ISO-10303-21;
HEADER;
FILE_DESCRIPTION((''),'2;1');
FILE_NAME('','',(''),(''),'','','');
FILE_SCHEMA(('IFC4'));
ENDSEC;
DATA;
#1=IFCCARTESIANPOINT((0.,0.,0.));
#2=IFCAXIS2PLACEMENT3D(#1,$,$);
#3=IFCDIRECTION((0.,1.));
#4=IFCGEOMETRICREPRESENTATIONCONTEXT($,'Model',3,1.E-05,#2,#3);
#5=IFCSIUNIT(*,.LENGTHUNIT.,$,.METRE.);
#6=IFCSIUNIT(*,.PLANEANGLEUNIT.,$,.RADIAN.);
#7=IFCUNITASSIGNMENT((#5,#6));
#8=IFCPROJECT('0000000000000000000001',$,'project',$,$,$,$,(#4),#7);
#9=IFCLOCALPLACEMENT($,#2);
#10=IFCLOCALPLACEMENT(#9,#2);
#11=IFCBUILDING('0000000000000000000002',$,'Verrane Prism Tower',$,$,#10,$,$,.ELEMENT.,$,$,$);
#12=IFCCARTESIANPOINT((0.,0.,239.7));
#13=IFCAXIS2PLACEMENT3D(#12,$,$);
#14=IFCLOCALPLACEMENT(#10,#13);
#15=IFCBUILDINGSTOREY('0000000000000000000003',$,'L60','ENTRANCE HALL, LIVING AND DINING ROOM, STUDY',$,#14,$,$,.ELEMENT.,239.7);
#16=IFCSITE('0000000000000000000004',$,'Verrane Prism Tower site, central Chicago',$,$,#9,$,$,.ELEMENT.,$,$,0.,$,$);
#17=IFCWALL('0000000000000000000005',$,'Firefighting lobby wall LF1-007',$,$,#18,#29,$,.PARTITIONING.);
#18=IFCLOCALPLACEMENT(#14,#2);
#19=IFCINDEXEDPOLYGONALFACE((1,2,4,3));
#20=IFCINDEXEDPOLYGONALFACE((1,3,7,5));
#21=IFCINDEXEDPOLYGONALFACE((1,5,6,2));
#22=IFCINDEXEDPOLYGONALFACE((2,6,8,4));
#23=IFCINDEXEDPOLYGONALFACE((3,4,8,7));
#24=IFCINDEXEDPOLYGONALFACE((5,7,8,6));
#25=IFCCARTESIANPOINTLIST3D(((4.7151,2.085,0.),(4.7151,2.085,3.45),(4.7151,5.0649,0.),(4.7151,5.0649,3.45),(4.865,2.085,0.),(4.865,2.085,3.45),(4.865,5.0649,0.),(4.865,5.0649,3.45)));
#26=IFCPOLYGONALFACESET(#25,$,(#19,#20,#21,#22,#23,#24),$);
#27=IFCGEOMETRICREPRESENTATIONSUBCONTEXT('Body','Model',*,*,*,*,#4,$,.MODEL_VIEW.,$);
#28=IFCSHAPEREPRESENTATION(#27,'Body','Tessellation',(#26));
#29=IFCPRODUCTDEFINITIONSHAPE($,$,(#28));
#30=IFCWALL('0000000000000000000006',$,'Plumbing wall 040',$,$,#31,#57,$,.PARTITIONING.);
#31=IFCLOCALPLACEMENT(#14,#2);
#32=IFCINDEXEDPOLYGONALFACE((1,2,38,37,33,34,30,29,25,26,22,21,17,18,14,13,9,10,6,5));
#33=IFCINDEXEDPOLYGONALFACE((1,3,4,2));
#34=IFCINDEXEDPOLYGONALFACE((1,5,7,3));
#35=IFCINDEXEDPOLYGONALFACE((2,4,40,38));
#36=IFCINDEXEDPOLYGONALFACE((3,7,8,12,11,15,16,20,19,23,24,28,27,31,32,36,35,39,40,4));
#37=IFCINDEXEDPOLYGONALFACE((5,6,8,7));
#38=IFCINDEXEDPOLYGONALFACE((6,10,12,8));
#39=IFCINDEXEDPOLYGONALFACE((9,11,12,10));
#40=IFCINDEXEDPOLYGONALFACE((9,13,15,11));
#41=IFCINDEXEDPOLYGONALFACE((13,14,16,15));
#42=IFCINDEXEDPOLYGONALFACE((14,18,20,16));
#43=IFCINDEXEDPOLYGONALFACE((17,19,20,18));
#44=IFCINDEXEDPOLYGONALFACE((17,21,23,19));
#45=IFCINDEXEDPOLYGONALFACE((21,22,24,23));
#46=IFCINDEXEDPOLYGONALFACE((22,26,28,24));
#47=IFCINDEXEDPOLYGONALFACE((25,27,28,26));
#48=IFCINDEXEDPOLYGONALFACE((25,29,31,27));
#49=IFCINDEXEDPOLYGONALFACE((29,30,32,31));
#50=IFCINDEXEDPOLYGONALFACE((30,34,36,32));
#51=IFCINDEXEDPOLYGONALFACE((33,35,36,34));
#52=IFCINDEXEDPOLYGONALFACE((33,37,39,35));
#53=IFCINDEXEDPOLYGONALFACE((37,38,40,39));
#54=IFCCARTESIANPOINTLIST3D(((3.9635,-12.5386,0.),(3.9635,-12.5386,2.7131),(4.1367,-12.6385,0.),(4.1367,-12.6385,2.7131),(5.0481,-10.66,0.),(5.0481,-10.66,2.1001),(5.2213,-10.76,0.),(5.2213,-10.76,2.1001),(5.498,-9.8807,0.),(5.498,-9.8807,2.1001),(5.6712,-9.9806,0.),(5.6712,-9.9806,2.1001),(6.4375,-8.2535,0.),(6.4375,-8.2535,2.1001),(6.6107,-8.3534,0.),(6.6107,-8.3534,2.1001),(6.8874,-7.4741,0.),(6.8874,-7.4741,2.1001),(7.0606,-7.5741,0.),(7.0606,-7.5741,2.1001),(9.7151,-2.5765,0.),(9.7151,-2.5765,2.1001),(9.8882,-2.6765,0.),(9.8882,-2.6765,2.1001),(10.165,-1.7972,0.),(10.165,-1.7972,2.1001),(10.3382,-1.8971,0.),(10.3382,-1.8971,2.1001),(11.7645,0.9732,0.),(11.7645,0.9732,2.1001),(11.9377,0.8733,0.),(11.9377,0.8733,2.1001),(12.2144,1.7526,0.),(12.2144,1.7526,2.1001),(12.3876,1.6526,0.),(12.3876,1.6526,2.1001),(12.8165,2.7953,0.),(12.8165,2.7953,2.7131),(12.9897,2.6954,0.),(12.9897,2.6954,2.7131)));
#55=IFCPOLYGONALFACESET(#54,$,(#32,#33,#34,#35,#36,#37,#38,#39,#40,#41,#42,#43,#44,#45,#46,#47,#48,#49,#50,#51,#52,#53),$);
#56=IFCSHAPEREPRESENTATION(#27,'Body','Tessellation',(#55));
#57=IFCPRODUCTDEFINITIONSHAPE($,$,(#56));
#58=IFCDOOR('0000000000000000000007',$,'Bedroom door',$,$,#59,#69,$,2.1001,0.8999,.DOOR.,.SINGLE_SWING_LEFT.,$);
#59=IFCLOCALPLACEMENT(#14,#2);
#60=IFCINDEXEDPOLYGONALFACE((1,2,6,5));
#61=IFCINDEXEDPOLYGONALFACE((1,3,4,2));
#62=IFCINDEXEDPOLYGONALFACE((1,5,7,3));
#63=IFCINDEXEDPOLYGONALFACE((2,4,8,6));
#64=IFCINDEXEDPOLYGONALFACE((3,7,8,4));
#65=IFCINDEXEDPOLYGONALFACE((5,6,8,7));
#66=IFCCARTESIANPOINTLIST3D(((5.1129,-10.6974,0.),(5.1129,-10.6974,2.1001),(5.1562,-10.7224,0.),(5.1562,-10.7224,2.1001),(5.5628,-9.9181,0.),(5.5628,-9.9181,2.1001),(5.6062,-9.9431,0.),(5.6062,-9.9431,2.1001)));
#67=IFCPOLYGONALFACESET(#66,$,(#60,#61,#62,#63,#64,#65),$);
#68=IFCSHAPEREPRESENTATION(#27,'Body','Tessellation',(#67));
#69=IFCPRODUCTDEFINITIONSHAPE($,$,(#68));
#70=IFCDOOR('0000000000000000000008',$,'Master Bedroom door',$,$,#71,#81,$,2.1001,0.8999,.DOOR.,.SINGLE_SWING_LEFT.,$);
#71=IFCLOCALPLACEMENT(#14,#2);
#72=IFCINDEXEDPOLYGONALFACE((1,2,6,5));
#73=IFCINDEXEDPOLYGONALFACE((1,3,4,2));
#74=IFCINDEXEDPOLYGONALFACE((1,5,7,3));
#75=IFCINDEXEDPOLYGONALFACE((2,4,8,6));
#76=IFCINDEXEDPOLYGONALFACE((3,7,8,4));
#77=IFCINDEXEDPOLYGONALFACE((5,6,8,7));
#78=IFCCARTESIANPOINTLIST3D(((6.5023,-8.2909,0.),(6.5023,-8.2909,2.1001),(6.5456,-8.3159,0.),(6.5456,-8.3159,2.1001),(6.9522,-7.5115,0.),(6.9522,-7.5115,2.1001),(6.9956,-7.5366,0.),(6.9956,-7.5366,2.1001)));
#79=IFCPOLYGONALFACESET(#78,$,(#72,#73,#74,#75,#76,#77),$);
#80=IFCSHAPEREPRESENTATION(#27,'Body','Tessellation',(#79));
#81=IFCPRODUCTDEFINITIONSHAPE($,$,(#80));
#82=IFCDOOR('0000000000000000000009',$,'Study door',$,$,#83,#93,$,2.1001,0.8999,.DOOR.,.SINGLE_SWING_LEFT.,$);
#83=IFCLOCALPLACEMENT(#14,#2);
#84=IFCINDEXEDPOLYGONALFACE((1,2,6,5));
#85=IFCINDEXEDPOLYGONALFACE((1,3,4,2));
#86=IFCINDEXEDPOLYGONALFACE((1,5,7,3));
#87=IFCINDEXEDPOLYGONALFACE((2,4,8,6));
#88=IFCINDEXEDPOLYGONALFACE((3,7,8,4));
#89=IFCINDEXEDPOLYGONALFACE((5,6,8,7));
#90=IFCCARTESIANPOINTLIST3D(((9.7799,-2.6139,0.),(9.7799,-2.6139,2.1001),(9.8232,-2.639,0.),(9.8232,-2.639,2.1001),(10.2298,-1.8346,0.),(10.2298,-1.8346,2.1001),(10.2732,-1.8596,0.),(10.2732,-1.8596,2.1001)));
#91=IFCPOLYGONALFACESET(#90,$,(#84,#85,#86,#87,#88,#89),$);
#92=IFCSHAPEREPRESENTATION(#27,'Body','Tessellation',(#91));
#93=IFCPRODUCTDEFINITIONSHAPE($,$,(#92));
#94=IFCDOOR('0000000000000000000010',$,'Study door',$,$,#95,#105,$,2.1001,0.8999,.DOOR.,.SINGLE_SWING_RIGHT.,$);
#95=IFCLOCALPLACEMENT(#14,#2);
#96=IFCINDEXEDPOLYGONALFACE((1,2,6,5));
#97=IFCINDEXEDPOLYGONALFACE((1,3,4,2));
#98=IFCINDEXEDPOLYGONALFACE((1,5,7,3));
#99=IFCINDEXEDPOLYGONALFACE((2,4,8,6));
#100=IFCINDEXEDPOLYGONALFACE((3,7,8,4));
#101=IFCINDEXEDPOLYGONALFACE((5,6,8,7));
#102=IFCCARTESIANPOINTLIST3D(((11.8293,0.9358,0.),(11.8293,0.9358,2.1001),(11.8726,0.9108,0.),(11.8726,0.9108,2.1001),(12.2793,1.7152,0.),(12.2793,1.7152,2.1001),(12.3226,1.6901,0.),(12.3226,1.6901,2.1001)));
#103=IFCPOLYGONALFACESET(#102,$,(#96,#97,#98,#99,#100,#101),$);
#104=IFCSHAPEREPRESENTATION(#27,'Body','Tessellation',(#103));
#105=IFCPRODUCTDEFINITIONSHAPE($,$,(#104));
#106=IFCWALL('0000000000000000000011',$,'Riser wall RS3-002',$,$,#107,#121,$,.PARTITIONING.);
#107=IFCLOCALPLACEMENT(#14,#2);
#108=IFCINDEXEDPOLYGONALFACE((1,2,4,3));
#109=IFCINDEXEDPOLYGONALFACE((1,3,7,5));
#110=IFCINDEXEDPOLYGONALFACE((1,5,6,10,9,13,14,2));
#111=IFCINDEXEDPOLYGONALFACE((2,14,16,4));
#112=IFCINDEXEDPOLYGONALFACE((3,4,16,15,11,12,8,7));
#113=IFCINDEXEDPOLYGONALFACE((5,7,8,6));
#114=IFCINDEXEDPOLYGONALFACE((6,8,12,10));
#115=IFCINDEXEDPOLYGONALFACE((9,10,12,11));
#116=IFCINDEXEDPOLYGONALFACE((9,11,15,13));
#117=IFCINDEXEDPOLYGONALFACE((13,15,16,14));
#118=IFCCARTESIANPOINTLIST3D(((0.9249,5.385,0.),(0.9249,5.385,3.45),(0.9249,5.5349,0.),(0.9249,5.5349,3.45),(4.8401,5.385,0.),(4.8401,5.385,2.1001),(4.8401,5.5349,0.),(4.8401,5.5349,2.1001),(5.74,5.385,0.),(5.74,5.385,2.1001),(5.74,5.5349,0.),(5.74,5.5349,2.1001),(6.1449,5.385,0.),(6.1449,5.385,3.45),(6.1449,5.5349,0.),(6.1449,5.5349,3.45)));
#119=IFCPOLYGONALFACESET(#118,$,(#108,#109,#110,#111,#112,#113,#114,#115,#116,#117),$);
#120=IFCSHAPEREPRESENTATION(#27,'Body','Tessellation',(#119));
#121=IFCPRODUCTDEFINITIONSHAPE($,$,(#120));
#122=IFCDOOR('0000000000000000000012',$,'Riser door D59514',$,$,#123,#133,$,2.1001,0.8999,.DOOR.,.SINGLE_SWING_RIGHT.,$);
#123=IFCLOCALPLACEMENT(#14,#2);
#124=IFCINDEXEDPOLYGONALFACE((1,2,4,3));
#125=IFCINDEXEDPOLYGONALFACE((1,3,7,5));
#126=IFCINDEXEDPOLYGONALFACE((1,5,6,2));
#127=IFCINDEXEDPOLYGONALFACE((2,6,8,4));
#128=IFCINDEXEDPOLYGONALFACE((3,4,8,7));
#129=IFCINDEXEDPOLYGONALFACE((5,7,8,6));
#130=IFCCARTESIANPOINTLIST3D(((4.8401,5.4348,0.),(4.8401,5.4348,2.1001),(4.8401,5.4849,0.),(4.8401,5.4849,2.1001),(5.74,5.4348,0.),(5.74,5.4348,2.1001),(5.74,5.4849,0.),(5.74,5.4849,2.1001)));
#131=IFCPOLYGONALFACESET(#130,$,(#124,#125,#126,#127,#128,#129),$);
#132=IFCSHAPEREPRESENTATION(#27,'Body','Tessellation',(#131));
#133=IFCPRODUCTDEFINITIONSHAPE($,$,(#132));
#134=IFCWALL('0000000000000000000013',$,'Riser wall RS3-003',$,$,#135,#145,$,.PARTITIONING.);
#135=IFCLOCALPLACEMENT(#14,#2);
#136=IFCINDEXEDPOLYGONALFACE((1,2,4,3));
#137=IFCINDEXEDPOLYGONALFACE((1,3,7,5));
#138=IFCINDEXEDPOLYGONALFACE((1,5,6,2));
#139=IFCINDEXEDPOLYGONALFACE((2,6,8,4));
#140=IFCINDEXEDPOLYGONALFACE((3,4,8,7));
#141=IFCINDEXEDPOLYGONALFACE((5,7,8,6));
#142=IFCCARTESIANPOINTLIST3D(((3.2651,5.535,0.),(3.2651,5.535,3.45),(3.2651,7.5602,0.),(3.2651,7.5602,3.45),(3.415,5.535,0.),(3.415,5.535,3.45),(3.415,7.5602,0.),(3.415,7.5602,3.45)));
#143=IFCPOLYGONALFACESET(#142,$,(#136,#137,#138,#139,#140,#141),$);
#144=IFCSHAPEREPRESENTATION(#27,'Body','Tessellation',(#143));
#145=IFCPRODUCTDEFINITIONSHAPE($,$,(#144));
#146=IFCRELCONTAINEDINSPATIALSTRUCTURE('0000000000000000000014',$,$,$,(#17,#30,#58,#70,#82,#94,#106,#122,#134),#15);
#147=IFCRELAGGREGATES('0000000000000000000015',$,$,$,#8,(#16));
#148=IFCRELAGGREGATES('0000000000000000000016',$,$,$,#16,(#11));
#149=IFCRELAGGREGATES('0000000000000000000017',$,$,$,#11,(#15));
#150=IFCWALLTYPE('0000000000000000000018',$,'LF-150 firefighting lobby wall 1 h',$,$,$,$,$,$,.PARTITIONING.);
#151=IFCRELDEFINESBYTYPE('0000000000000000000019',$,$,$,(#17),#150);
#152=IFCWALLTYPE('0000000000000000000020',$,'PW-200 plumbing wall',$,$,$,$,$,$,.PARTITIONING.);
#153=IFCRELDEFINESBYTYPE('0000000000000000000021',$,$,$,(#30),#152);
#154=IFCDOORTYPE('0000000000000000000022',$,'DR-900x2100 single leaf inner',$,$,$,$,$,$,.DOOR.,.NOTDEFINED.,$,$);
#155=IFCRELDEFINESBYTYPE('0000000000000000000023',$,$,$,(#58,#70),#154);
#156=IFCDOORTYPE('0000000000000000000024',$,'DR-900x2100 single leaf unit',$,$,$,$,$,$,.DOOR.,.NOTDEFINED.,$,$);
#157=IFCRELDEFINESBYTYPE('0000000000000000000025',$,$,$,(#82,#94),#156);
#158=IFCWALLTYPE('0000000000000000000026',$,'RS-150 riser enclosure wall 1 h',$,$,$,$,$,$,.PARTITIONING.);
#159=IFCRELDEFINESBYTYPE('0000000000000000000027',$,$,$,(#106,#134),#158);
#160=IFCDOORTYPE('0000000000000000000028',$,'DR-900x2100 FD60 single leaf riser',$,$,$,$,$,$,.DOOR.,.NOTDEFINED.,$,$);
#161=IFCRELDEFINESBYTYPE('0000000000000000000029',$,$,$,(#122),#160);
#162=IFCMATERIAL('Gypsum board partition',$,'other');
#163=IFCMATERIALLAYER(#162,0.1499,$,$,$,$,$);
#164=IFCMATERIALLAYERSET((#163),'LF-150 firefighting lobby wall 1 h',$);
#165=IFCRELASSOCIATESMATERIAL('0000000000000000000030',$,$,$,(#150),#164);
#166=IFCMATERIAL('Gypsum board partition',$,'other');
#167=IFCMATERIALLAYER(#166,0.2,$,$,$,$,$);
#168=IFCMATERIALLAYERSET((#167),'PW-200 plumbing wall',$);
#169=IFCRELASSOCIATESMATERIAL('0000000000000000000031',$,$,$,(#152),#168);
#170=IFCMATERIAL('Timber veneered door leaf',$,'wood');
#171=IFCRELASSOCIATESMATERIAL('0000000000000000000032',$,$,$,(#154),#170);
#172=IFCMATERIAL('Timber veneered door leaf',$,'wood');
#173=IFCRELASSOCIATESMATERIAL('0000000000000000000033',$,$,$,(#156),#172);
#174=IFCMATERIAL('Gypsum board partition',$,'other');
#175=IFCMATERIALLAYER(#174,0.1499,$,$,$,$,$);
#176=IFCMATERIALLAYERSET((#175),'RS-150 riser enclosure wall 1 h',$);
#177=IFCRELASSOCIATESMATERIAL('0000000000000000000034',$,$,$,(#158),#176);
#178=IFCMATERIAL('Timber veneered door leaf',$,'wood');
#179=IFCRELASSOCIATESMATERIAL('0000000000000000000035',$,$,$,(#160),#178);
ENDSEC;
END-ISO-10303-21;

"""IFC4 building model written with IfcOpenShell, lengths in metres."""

from ifc_helpers import new_model, si_unit, direction, frame, frame_2d, origin, place, context, subcontext, project, spatial, rectangle, extrude, material, layer, layer_set, type_object, element, fill, save


model = new_model("IFC4")

# Units and contexts
model_context = context("Model", 3, precision=1e-05, world=origin(), true_north=direction((0.0, 1.0)))
body_context = subcontext(model_context, "Body", "Model", "MODEL_VIEW")
ifc_project = project(units=[si_unit("LENGTHUNIT", "METRE"), si_unit("PLANEANGLEUNIT", "RADIAN")], contexts=[model_context])

# Site, building, storey
site_placement = place(None, origin())
site = spatial("IfcSite", under=ifc_project, at=site_placement, Name="Verrane Prism Tower site, central Chicago", CompositionType="ELEMENT", RefElevation=0.0)
building_placement = place(site_placement, origin())
building = spatial("IfcBuilding", under=site, at=building_placement, Name="Verrane Prism Tower", CompositionType="ELEMENT")
storey_placement = place(building_placement, frame((0.0, 0.0, 239.7)))
storey = spatial("IfcBuildingStorey", under=building, at=storey_placement, Name="L60", Description="ENTRANCE HALL, LIVING AND DINING ROOM, STUDY", CompositionType="ELEMENT", Elevation=239.7)

# Wall
ifc_material_1 = material(Name="Gypsum board partition", Category="other")
ifc_layer_1 = layer(ifc_material_1, 0.1499)
ifc_layer_set_1 = layer_set([ifc_layer_1], Name="LF-150 firefighting lobby wall 1 h")
wall_type_1 = type_object("IfcWallType", Name="LF-150 firefighting lobby wall 1 h", PredefinedType="PARTITIONING", material=ifc_layer_set_1)
wall_1_placement = place(storey_placement, frame((4.79, 2.085, 0.0), z_axis=(0.0, 0.0, 1.0), x_axis=(0.0, 1.0, 0.0)))
element("IfcWall", 1, at=wall_1_placement, inside=storey, type_object=wall_type_1, Name="Firefighting lobby wall LF1-007", PredefinedType="PARTITIONING", context=body_context, shape_type="SweptSolid", body=[
    extrude(rectangle(XDim=2.98, YDim=0.1499, at=frame_2d((1.49, 0.0))), origin(), (0.0, 0.0, 1.0), 3.45),
])

# Wall, openings, doors
ifc_material_2 = material(Name="Gypsum board partition", Category="other")
ifc_layer_2 = layer(ifc_material_2, 0.2)
ifc_layer_set_2 = layer_set([ifc_layer_2], Name="PW-200 plumbing wall")
wall_type_2 = type_object("IfcWallType", Name="PW-200 plumbing wall", PredefinedType="PARTITIONING", material=ifc_layer_set_2)
wall_2_placement = place(storey_placement, frame((12.9031, 2.7454, 0.0), z_axis=(0.0, 0.0, 1.0), x_axis=(-0.499998, -0.866027, 0.0)))
wall_2 = element("IfcWall", 2, at=wall_2_placement, inside=storey, type_object=wall_type_2, Name="Plumbing wall 040", PredefinedType="PARTITIONING", context=body_context, shape_type="SweptSolid", body=[
    extrude(rectangle(XDim=17.7061, YDim=0.2, at=frame_2d((8.853, 0.0))), origin(), (0.0, 0.0, 1.0), 2.7131),
])
opening_1_placement = place(wall_2_placement, frame((14.637, 0.0, 0.0)))
opening_1 = element("IfcOpeningElement", 3, at=opening_1_placement, cuts=wall_2, PredefinedType="OPENING", context=body_context, shape_type="SweptSolid", body=[
    extrude(rectangle(XDim=0.8999, YDim=2.1001, at=frame_2d((0.45, 1.05))), frame((0.0, 0.1099, 0.0), z_axis=(0.0, -1.0, 0.0), x_axis=(1.0, 0.0, 0.0)), (0.0, 0.0, 1.0), 0.22),
])
opening_2_placement = place(wall_2_placement, frame((11.8582, 0.0, 0.0)))
opening_2 = element("IfcOpeningElement", 4, at=opening_2_placement, cuts=wall_2, PredefinedType="OPENING", context=body_context, shape_type="SweptSolid", body=[
    extrude(rectangle(XDim=0.8999, YDim=2.1001, at=frame_2d((0.45, 1.05))), frame((0.0, 0.1099, 0.0), z_axis=(0.0, -1.0, 0.0), x_axis=(1.0, 0.0, 0.0)), (0.0, 0.0, 1.0), 0.22),
])
opening_3_placement = place(wall_2_placement, frame((5.303, 0.0, 0.0)))
opening_3 = element("IfcOpeningElement", 5, at=opening_3_placement, cuts=wall_2, PredefinedType="OPENING", context=body_context, shape_type="SweptSolid", body=[
    extrude(rectangle(XDim=0.8999, YDim=2.1001, at=frame_2d((0.45, 1.05))), frame((0.0, 0.1099, 0.0), z_axis=(0.0, -1.0, 0.0), x_axis=(1.0, 0.0, 0.0)), (0.0, 0.0, 1.0), 0.22),
])
opening_4_placement = place(wall_2_placement, frame((1.2041, 0.0, 0.0)))
opening_4 = element("IfcOpeningElement", 6, at=opening_4_placement, cuts=wall_2, PredefinedType="OPENING", context=body_context, shape_type="SweptSolid", body=[
    extrude(rectangle(XDim=0.8999, YDim=2.1001, at=frame_2d((0.45, 1.05))), frame((0.0, 0.1099, 0.0), z_axis=(0.0, -1.0, 0.0), x_axis=(1.0, 0.0, 0.0)), (0.0, 0.0, 1.0), 0.22),
])
ifc_material_3 = material(Name="Timber veneered door leaf", Category="wood")
door_type_1 = type_object("IfcDoorType", Name="DR-900x2100 single leaf inner", OperationType="NOTDEFINED", PredefinedType="DOOR", material=ifc_material_3)
door_1_placement = place(opening_1_placement, origin())
door_1 = element("IfcDoor", 7, at=door_1_placement, inside=storey, type_object=door_type_1, Name="Bedroom door", OperationType="SINGLE_SWING_LEFT", OverallHeight=2.1001, OverallWidth=0.8999, PredefinedType="DOOR", context=body_context, shape_type="SweptSolid", body=[
    extrude(rectangle(XDim=0.8999, YDim=2.1001, at=frame_2d((0.45, 1.05))), frame((0.0, 0.0249, 0.0), z_axis=(0.0, -1.0, 0.0), x_axis=(1.0, 0.0, 0.0)), (0.0, 0.0, 1.0), 0.05),
])
fill(opening_1, door_1)
door_2_placement = place(opening_2_placement, origin())
door_2 = element("IfcDoor", 8, at=door_2_placement, inside=storey, type_object=door_type_1, Name="Master Bedroom door", OperationType="SINGLE_SWING_LEFT", OverallHeight=2.1001, OverallWidth=0.8999, PredefinedType="DOOR", context=body_context, shape_type="SweptSolid", body=[
    extrude(rectangle(XDim=0.8999, YDim=2.1001, at=frame_2d((0.45, 1.05))), frame((0.0, 0.0249, 0.0), z_axis=(0.0, -1.0, 0.0), x_axis=(1.0, 0.0, 0.0)), (0.0, 0.0, 1.0), 0.05),
])
fill(opening_2, door_2)
ifc_material_4 = material(Name="Timber veneered door leaf", Category="wood")
door_type_2 = type_object("IfcDoorType", Name="DR-900x2100 single leaf unit", OperationType="NOTDEFINED", PredefinedType="DOOR", material=ifc_material_4)
door_3_placement = place(opening_3_placement, origin())
door_3 = element("IfcDoor", 9, at=door_3_placement, inside=storey, type_object=door_type_2, Name="Study door", OperationType="SINGLE_SWING_LEFT", OverallHeight=2.1001, OverallWidth=0.8999, PredefinedType="DOOR", context=body_context, shape_type="SweptSolid", body=[
    extrude(rectangle(XDim=0.8999, YDim=2.1001, at=frame_2d((0.45, 1.05))), frame((0.0, 0.0249, 0.0), z_axis=(0.0, -1.0, 0.0), x_axis=(1.0, 0.0, 0.0)), (0.0, 0.0, 1.0), 0.05),
])
fill(opening_3, door_3)
door_4_placement = place(opening_4_placement, origin())
door_4 = element("IfcDoor", 10, at=door_4_placement, inside=storey, type_object=door_type_2, Name="Study door", OperationType="SINGLE_SWING_RIGHT", OverallHeight=2.1001, OverallWidth=0.8999, PredefinedType="DOOR", context=body_context, shape_type="SweptSolid", body=[
    extrude(rectangle(XDim=0.8999, YDim=2.1001, at=frame_2d((0.45, 1.05))), frame((0.0, 0.0249, 0.0), z_axis=(0.0, -1.0, 0.0), x_axis=(1.0, 0.0, 0.0)), (0.0, 0.0, 1.0), 0.05),
])
fill(opening_4, door_4)

# Wall, opening, door
ifc_material_5 = material(Name="Gypsum board partition", Category="other")
ifc_layer_3 = layer(ifc_material_5, 0.1499)
ifc_layer_set_3 = layer_set([ifc_layer_3], Name="RS-150 riser enclosure wall 1 h")
wall_type_3 = type_object("IfcWallType", Name="RS-150 riser enclosure wall 1 h", PredefinedType="PARTITIONING", material=ifc_layer_set_3)
wall_3_placement = place(storey_placement, frame((0.925, 5.46, 0.0), z_axis=(0.0, 0.0, 1.0), x_axis=(1.0, 0.0, 0.0)))
wall_3 = element("IfcWall", 11, at=wall_3_placement, inside=storey, type_object=wall_type_3, Name="Riser wall RS3-002", PredefinedType="PARTITIONING", context=body_context, shape_type="SweptSolid", body=[
    extrude(rectangle(XDim=5.22, YDim=0.1499, at=frame_2d((2.6099, 0.0))), origin(), (0.0, 0.0, 1.0), 3.45),
])
opening_5_placement = place(wall_3_placement, frame((3.915, 0.0, 0.0)))
opening_5 = element("IfcOpeningElement", 12, at=opening_5_placement, cuts=wall_3, PredefinedType="OPENING", context=body_context, shape_type="SweptSolid", body=[
    extrude(rectangle(XDim=0.8999, YDim=2.1001, at=frame_2d((0.45, 1.05))), frame((0.0, 0.085, 0.0), z_axis=(0.0, -1.0, 0.0), x_axis=(1.0, 0.0, 0.0)), (0.0, 0.0, 1.0), 0.1699),
])
ifc_material_6 = material(Name="Timber veneered door leaf", Category="wood")
door_type_3 = type_object("IfcDoorType", Name="DR-900x2100 FD60 single leaf riser", OperationType="NOTDEFINED", PredefinedType="DOOR", material=ifc_material_6)
door_5_placement = place(opening_5_placement, origin())
door_5 = element("IfcDoor", 13, at=door_5_placement, inside=storey, type_object=door_type_3, Name="Riser door D59514", OperationType="SINGLE_SWING_RIGHT", OverallHeight=2.1001, OverallWidth=0.8999, PredefinedType="DOOR", context=body_context, shape_type="SweptSolid", body=[
    extrude(rectangle(XDim=0.8999, YDim=2.1001, at=frame_2d((0.45, 1.05))), frame((0.0, 0.0249, 0.0), z_axis=(0.0, -1.0, 0.0), x_axis=(1.0, 0.0, 0.0)), (0.0, 0.0, 1.0), 0.05),
])
fill(opening_5, door_5)

# Wall
wall_4_placement = place(storey_placement, frame((3.3401, 5.5349, 0.0), z_axis=(0.0, 0.0, 1.0), x_axis=(0.0, 1.0, 0.0)))
element("IfcWall", 14, at=wall_4_placement, inside=storey, type_object=wall_type_3, Name="Riser wall RS3-003", PredefinedType="PARTITIONING", context=body_context, shape_type="SweptSolid", body=[
    extrude(rectangle(XDim=2.0251, YDim=0.1499, at=frame_2d((1.0127, 0.0))), origin(), (0.0, 0.0, 1.0), 3.45),
])

save(model, "model.ifc")
